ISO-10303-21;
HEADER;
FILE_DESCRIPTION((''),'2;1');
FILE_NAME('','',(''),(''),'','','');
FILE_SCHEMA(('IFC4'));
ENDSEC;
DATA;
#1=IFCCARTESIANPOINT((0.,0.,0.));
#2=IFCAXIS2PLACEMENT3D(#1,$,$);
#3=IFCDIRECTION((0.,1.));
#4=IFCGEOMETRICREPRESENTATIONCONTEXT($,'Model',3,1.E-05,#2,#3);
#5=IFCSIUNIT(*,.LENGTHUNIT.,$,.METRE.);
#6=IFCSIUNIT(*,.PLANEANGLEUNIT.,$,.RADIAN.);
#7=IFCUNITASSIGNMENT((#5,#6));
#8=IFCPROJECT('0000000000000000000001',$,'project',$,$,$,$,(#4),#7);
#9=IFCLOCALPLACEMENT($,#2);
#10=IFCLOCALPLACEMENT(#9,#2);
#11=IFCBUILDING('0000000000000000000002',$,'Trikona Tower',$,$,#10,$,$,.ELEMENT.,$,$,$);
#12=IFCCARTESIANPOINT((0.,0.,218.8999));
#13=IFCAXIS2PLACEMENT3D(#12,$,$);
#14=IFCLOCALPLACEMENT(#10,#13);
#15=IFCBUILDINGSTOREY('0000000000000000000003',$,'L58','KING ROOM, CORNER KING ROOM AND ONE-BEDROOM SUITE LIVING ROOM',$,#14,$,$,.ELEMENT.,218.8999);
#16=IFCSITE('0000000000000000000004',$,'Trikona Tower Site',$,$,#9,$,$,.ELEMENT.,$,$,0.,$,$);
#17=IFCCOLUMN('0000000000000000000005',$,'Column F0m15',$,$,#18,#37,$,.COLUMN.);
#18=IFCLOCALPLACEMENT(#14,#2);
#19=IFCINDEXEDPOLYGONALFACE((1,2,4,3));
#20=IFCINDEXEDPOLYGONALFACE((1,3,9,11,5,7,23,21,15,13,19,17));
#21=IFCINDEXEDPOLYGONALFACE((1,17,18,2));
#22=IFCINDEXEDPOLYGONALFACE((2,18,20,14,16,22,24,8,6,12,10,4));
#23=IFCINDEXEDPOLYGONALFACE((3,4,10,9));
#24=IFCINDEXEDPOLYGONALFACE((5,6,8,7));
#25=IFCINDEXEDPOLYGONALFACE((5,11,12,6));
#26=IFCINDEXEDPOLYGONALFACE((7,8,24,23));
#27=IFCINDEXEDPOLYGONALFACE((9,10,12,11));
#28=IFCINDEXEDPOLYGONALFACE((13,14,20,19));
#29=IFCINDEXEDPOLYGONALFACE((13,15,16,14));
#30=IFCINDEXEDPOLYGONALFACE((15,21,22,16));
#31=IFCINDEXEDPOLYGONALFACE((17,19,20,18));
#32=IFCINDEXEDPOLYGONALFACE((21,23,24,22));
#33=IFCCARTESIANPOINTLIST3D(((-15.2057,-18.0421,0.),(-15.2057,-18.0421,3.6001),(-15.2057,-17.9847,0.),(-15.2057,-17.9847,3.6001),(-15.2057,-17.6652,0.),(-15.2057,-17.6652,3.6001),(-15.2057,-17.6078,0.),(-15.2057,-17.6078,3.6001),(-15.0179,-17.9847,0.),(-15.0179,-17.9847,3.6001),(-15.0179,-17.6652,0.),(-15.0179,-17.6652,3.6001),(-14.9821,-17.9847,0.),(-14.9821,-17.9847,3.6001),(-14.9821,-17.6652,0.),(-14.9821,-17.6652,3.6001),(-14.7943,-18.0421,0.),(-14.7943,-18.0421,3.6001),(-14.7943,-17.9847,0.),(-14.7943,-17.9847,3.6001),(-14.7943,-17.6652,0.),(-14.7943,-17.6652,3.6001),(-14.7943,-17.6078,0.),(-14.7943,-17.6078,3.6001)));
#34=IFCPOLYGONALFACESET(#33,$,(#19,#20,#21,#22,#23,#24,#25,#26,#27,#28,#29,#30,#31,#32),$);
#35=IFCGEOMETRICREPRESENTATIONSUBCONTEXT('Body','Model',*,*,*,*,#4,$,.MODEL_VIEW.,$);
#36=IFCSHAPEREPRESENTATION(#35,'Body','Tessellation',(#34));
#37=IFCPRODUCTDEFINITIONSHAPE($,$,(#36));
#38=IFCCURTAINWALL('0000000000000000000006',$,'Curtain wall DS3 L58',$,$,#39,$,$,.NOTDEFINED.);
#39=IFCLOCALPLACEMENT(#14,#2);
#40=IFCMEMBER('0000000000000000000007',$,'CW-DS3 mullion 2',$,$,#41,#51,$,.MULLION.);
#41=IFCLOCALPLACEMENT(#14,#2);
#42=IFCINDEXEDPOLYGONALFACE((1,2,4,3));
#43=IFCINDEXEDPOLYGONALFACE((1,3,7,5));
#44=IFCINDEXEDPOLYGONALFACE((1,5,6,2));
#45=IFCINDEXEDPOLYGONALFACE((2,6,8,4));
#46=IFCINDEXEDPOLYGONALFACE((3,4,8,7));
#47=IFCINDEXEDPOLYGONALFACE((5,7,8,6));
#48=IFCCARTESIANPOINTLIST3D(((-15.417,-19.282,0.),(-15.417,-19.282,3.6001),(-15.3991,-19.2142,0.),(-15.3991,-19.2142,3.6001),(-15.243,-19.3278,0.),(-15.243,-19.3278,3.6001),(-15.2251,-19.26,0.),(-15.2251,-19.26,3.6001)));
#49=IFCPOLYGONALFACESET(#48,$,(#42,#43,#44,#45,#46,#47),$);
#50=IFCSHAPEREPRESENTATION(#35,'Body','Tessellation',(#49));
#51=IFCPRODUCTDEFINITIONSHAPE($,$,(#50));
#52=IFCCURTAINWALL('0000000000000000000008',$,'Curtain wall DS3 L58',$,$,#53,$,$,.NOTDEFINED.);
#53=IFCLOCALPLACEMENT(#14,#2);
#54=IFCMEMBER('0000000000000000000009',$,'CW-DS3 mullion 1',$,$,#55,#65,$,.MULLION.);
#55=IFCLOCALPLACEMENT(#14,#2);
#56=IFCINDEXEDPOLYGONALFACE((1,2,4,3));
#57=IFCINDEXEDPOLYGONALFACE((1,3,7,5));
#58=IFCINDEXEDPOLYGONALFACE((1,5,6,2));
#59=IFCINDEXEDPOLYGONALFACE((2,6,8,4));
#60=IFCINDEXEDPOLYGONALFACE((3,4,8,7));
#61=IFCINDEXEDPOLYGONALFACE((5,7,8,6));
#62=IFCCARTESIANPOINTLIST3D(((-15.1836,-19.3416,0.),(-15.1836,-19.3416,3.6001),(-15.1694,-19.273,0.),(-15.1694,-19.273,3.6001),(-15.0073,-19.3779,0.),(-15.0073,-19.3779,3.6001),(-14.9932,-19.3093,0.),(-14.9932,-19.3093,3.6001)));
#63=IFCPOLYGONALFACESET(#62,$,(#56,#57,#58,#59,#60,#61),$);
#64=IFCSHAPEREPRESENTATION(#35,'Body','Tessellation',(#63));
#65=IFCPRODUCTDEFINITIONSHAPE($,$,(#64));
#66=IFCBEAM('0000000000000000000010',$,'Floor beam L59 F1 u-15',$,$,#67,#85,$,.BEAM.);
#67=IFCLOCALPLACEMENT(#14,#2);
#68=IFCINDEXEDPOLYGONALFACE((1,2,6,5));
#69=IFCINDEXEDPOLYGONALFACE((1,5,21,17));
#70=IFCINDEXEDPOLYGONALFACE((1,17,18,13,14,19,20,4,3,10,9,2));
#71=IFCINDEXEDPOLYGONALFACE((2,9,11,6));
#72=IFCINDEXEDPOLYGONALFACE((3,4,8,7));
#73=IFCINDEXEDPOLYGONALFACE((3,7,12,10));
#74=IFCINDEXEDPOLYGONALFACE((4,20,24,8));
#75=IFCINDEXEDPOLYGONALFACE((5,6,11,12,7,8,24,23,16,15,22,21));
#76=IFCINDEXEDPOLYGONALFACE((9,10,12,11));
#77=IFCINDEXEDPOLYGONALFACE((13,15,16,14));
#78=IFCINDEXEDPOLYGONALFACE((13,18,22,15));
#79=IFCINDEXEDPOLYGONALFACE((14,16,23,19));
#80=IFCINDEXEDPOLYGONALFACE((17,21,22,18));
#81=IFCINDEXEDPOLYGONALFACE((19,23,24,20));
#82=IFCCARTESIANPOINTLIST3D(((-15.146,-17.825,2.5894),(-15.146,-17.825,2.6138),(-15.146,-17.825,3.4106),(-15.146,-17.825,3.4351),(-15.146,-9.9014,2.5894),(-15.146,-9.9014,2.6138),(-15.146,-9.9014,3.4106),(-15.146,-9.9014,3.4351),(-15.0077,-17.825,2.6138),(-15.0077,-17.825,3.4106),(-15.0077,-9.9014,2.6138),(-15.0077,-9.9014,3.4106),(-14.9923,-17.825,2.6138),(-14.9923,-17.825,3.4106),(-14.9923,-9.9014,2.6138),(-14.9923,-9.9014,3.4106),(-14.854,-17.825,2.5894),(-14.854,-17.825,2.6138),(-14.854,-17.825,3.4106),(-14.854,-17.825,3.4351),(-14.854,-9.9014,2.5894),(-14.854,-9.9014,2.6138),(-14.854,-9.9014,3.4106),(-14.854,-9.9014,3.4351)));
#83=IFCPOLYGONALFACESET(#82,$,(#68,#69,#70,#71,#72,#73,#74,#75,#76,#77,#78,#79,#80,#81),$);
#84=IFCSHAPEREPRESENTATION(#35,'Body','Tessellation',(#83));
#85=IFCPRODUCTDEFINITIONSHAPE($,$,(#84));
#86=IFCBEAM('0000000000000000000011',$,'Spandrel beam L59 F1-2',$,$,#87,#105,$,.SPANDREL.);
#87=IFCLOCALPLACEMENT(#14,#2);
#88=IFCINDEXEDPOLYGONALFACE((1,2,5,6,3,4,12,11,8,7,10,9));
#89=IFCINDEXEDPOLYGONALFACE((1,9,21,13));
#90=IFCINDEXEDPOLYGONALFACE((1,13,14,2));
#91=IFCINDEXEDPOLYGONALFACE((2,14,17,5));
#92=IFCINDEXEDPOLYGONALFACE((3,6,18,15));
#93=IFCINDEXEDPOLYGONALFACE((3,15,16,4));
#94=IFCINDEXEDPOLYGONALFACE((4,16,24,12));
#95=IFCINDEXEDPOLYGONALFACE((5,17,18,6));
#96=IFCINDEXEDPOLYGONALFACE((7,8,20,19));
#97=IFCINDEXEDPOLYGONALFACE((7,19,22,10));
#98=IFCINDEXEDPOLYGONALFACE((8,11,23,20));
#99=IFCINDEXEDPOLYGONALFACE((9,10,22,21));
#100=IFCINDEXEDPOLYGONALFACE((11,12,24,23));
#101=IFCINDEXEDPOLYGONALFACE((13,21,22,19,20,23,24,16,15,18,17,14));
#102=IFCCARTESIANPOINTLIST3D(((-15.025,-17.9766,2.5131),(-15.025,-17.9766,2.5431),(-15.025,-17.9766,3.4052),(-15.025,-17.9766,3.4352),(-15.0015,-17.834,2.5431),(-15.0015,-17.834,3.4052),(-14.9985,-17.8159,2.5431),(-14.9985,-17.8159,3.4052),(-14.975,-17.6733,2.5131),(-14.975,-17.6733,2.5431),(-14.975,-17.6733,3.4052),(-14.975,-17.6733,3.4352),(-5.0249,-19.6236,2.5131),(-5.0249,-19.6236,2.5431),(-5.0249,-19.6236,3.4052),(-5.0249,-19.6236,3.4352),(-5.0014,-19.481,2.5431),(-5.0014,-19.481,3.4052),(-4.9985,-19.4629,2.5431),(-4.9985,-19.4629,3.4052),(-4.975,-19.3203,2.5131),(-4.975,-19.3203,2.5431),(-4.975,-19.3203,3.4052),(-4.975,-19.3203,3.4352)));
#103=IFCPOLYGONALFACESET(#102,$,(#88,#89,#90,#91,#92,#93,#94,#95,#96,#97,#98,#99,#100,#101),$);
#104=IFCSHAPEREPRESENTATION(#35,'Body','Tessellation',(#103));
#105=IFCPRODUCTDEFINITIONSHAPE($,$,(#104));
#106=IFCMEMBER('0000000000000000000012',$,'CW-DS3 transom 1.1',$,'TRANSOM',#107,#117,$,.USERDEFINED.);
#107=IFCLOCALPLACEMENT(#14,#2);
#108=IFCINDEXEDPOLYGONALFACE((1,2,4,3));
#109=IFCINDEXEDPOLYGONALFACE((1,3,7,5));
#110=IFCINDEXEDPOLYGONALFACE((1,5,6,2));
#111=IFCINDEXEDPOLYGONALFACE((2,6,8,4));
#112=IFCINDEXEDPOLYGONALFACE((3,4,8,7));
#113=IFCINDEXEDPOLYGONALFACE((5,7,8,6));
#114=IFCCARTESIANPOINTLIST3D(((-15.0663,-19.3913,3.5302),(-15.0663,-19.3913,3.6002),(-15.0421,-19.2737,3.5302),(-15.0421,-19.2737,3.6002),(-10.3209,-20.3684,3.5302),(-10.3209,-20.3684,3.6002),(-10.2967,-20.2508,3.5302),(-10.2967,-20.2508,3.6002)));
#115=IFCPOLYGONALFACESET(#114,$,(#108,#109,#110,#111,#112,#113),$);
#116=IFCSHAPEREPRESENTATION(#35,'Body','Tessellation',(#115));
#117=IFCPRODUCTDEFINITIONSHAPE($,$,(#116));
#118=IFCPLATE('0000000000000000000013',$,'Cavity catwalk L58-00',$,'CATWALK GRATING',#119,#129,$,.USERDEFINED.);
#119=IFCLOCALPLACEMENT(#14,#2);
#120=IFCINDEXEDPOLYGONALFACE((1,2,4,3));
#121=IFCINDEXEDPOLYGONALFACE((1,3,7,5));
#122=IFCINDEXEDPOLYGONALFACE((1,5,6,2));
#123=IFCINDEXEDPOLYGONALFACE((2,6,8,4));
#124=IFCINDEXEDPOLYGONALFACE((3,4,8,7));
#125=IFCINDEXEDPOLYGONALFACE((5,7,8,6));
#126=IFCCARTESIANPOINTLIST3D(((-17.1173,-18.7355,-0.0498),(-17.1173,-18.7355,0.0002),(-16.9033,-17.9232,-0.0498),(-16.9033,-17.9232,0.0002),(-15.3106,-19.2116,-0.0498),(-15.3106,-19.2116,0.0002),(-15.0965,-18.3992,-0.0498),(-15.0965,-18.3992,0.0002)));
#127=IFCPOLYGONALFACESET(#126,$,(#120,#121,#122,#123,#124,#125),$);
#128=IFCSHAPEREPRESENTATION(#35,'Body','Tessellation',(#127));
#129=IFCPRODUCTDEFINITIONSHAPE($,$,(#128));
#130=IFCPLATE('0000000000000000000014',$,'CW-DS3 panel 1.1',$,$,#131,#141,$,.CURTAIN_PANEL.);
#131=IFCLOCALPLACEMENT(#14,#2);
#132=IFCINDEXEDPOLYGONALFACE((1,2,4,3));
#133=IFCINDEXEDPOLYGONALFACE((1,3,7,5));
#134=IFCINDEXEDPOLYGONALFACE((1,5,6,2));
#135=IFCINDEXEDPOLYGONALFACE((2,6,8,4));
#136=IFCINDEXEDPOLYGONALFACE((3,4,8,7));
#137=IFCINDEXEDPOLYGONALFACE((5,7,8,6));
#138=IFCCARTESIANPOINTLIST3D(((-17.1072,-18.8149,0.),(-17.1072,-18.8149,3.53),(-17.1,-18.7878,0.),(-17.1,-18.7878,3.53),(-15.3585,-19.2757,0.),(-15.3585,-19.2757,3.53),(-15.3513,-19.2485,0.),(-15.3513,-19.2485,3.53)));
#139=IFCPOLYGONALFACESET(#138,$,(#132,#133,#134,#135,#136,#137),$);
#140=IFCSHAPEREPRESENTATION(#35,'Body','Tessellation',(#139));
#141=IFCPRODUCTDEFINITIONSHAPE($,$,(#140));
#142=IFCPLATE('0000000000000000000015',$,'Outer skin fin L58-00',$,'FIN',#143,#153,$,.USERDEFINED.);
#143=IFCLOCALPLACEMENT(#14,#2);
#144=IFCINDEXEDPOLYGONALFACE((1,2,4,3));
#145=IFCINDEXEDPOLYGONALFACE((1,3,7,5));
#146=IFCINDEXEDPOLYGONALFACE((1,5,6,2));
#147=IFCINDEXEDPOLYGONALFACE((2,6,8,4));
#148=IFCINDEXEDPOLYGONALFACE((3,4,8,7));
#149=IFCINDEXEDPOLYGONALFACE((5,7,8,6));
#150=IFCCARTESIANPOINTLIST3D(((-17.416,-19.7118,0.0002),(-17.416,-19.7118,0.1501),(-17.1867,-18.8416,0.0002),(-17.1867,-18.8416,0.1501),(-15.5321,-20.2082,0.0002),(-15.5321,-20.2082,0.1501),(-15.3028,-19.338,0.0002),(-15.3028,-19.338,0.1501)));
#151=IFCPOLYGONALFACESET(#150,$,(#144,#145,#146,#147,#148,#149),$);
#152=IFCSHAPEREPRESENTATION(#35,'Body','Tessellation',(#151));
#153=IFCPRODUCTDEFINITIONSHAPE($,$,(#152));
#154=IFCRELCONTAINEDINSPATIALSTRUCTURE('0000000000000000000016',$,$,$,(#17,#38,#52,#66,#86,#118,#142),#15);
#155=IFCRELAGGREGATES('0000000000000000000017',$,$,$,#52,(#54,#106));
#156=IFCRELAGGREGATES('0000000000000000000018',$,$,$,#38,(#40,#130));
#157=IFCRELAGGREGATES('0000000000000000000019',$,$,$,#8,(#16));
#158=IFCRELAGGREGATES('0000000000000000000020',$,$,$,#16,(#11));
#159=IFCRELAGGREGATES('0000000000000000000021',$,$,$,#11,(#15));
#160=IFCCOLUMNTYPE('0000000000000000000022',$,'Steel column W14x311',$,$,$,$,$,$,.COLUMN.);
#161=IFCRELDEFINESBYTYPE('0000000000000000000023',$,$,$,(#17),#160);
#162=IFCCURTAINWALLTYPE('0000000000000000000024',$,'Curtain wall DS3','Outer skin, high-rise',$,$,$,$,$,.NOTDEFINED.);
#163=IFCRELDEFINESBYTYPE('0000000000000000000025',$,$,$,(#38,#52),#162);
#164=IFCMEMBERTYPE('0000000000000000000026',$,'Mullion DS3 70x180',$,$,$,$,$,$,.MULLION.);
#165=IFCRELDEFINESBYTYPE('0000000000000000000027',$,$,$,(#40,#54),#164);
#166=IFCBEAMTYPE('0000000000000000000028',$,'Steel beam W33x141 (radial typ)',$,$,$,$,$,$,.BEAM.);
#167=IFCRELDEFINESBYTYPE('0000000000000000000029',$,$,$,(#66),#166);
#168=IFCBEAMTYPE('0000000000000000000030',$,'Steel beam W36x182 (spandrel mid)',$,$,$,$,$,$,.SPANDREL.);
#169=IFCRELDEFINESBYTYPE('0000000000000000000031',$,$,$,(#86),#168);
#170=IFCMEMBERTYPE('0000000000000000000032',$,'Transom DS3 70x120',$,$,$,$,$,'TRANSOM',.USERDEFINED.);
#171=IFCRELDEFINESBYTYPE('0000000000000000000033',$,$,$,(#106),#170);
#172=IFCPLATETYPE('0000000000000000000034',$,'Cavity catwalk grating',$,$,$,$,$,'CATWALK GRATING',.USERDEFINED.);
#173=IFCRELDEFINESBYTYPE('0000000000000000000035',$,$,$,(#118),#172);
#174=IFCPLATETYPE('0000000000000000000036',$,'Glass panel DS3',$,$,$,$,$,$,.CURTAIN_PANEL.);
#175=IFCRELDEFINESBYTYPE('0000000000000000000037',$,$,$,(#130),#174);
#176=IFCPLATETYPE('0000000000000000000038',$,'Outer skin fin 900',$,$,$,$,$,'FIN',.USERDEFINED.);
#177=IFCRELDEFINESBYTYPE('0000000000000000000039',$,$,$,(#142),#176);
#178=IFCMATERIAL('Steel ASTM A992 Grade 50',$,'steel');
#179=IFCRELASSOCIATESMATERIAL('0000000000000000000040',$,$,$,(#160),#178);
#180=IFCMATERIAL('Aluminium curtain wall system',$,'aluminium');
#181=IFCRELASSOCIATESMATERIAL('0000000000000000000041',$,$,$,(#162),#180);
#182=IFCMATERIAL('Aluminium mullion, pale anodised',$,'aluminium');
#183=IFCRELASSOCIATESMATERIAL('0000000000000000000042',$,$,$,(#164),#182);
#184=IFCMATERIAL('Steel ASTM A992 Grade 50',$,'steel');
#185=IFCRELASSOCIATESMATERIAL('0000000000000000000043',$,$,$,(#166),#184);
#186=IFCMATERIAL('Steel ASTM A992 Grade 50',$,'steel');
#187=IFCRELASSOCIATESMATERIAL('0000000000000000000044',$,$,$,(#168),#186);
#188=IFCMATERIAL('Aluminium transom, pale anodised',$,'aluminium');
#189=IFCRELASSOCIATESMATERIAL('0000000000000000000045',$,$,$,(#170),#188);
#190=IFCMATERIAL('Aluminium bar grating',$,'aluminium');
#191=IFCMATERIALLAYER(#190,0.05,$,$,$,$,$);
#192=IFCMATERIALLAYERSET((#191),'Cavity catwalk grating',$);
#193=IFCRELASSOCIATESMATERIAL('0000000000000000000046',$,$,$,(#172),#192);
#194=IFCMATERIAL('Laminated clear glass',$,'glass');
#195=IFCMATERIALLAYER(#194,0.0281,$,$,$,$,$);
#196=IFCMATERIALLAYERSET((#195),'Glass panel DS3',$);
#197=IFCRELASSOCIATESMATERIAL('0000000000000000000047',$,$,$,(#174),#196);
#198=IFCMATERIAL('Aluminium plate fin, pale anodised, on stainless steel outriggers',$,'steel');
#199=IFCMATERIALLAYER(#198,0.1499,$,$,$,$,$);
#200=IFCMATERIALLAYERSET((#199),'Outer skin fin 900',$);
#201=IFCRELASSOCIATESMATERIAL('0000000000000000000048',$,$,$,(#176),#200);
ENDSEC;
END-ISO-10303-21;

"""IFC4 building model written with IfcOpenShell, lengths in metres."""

from ifc_helpers import new_model, si_unit, direction, frame, origin, origin_2d, place, context, subcontext, project, spatial, rectangle, i_section, extrude, material, layer, layer_set, material_profile, profile_set, type_object, element, aggregate, save


model = new_model("IFC4")

# Units and contexts
model_context = context("Model", 3, precision=1e-05, world=origin(), true_north=direction((0.0, 1.0)))
body_context = subcontext(model_context, "Body", "Model", "MODEL_VIEW")
ifc_project = project(units=[si_unit("LENGTHUNIT", "METRE"), si_unit("PLANEANGLEUNIT", "RADIAN")], contexts=[model_context])

# Site, building, storey
site_placement = place(None, origin())
site = spatial("IfcSite", under=ifc_project, at=site_placement, Name="Trikona Tower Site", CompositionType="ELEMENT", RefElevation=0.0)
building_placement = place(site_placement, origin())
building = spatial("IfcBuilding", under=site, at=building_placement, Name="Trikona Tower", CompositionType="ELEMENT")
storey_placement = place(building_placement, frame((0.0, 0.0, 218.8999)))
storey = spatial("IfcBuildingStorey", under=building, at=storey_placement, Name="L58", Description="KING ROOM, CORNER KING ROOM AND ONE-BEDROOM SUITE LIVING ROOM", CompositionType="ELEMENT", Elevation=218.8999)

# Column
ifc_material_1 = material(Name="Steel ASTM A992 Grade 50", Category="steel")
ifc_material_profile_1 = material_profile(ifc_material_1, i_section(OverallWidth=0.4114, OverallDepth=0.4343, WebThickness=0.0359, FlangeThickness=0.0574, at=origin_2d()), Name="W14X311")
ifc_profile_set_1 = profile_set([ifc_material_profile_1], Name="Steel ASTM A992 Grade 50")
column_type = type_object("IfcColumnType", Name="Steel column W14x311", PredefinedType="COLUMN", material=ifc_profile_set_1)
column_placement = place(storey_placement, frame((-15.0, -17.825, 0.0), z_axis=(0.0, 0.0, 1.0), x_axis=(1.0, 0.0, 0.0)))
element("IfcColumn", 1, at=column_placement, inside=storey, type_object=column_type, Name="Column F0m15", PredefinedType="COLUMN", context=body_context, shape_type="SweptSolid", body=[
    extrude(i_section(OverallWidth=0.4114, OverallDepth=0.4343, WebThickness=0.0359, FlangeThickness=0.0574, at=origin_2d()), origin(), (0.0, 0.0, 1.0), 3.6001),
])

# Curtain walls, members
ifc_material_2 = material(Name="Aluminium curtain wall system", Category="aluminium")
curtain_wall_type = type_object("IfcCurtainWallType", Name="Curtain wall DS3", Description="Outer skin, high-rise", PredefinedType="NOTDEFINED", material=ifc_material_2)
curtain_wall_1_placement = place(storey_placement, origin())
curtain_wall_1 = element("IfcCurtainWall", 2, at=curtain_wall_1_placement, inside=storey, type_object=curtain_wall_type, Name="Curtain wall DS3 L58", PredefinedType="NOTDEFINED")
ifc_material_3 = material(Name="Aluminium mullion, pale anodised", Category="aluminium")
ifc_material_profile_2 = material_profile(ifc_material_3, rectangle(XDim=0.0701, YDim=0.1799, at=origin_2d()), Name="MUL-DS3")
ifc_profile_set_2 = profile_set([ifc_material_profile_2], Name="Aluminium mullion, pale anodised")
member_type_1 = type_object("IfcMemberType", Name="Mullion DS3 70x180", PredefinedType="MULLION", material=ifc_profile_set_2)
member_1_placement = place(storey_placement, frame((-15.321, -19.271, 0.0), z_axis=(0.0, 0.0, 1.0), x_axis=(0.254786, 0.966997, 0.0)))
member_1 = element("IfcMember", 3, at=member_1_placement, type_object=member_type_1, Name="CW-DS3 mullion 2", PredefinedType="MULLION", context=body_context, shape_type="SweptSolid", body=[
    extrude(rectangle(XDim=0.0701, YDim=0.1799, at=origin_2d()), origin(), (0.0, 0.0, 1.0), 3.6001),
])
curtain_wall_2_placement = place(storey_placement, origin())
curtain_wall_2 = element("IfcCurtainWall", 4, at=curtain_wall_2_placement, inside=storey, type_object=curtain_wall_type, Name="Curtain wall DS3 L58", PredefinedType="NOTDEFINED")
member_2_placement = place(storey_placement, frame((-15.0884, -19.3254, 0.0), z_axis=(0.0, 0.0, 1.0), x_axis=(0.201653, 0.979457, 0.0)))
member_2 = element("IfcMember", 5, at=member_2_placement, type_object=member_type_1, Name="CW-DS3 mullion 1", PredefinedType="MULLION", context=body_context, shape_type="SweptSolid", body=[
    extrude(rectangle(XDim=0.0701, YDim=0.1799, at=origin_2d()), origin(), (0.0, 0.0, 1.0), 3.6001),
])

# Beams
ifc_material_4 = material(Name="Steel ASTM A992 Grade 50", Category="steel")
ifc_material_profile_3 = material_profile(ifc_material_4, i_section(OverallWidth=0.292, OverallDepth=0.8457, WebThickness=0.0154, FlangeThickness=0.0244, at=origin_2d()), Name="W33X141")
ifc_profile_set_3 = profile_set([ifc_material_profile_3], Name="Steel ASTM A992 Grade 50")
beam_type_1 = type_object("IfcBeamType", Name="Steel beam W33x141 (radial typ)", PredefinedType="BEAM", material=ifc_profile_set_3)
beam_1_placement = place(storey_placement, frame((-15.0, -9.9014, 3.0122), z_axis=(0.0, -1.0, 0.0), x_axis=(1.0, 0.0, 0.0)))
element("IfcBeam", 6, at=beam_1_placement, inside=storey, type_object=beam_type_1, Name="Floor beam L59 F1 u-15", PredefinedType="BEAM", context=body_context, shape_type="SweptSolid", body=[
    extrude(i_section(OverallWidth=0.292, OverallDepth=0.8457, WebThickness=0.0154, FlangeThickness=0.0244, at=origin_2d()), origin(), (0.0, 0.0, 1.0), 7.9236),
])
ifc_material_5 = material(Name="Steel ASTM A992 Grade 50", Category="steel")
ifc_material_profile_4 = material_profile(ifc_material_5, i_section(OverallWidth=0.3074, OverallDepth=0.9221, WebThickness=0.0183, FlangeThickness=0.03, at=origin_2d()), Name="W36X182")
ifc_profile_set_4 = profile_set([ifc_material_profile_4], Name="Steel ASTM A992 Grade 50")
beam_type_2 = type_object("IfcBeamType", Name="Steel beam W36x182 (spandrel mid)", PredefinedType="SPANDREL", material=ifc_profile_set_4)
beam_2_placement = place(storey_placement, frame((-15.0, -17.825, 2.9741), z_axis=(0.986707, -0.162508, 0.0), x_axis=(0.162508, 0.986707, 0.0)))
element("IfcBeam", 7, at=beam_2_placement, inside=storey, type_object=beam_type_2, Name="Spandrel beam L59 F1-2", PredefinedType="SPANDREL", context=body_context, shape_type="SweptSolid", body=[
    extrude(i_section(OverallWidth=0.3074, OverallDepth=0.9221, WebThickness=0.0183, FlangeThickness=0.03, at=origin_2d()), origin(), (0.0, 0.0, 1.0), 10.1348),
])

# Member
ifc_material_6 = material(Name="Aluminium transom, pale anodised", Category="aluminium")
ifc_material_profile_5 = material_profile(ifc_material_6, rectangle(XDim=0.1201, YDim=0.0701, at=origin_2d()), Name="TRN-DS3")
ifc_profile_set_5 = profile_set([ifc_material_profile_5], Name="Aluminium transom, pale anodised")
member_type_2 = type_object("IfcMemberType", Name="Transom DS3 70x120", ElementType="TRANSOM", PredefinedType="USERDEFINED", material=ifc_profile_set_5)
member_3_placement = place(storey_placement, frame((-15.0542, -19.3325, 3.5652), z_axis=(0.979454, -0.201666, 0.0), x_axis=(0.201666, 0.979454, 0.0)))
member_3 = element("IfcMember", 8, at=member_3_placement, type_object=member_type_2, Name="CW-DS3 transom 1.1", ObjectType="TRANSOM", PredefinedType="USERDEFINED", context=body_context, shape_type="SweptSolid", body=[
    extrude(rectangle(XDim=0.1201, YDim=0.0701, at=origin_2d()), origin(), (0.0, 0.0, 1.0), 4.845),
])
aggregate(curtain_wall_2, [member_2, member_3])

# Plates
ifc_material_7 = material(Name="Aluminium bar grating", Category="aluminium")
ifc_layer_1 = layer(ifc_material_7, 0.05)
ifc_layer_set_1 = layer_set([ifc_layer_1], Name="Cavity catwalk grating")
plate_type_1 = type_object("IfcPlateType", Name="Cavity catwalk grating", ElementType="CATWALK GRATING", PredefinedType="USERDEFINED", material=ifc_layer_set_1)
plate_1_placement = place(storey_placement, frame((-16.1069, -18.5674, -0.0498), z_axis=(0.0, 0.0, 1.0), x_axis=(0.966993, -0.254803, 0.0)))
element("IfcPlate", 9, at=plate_1_placement, inside=storey, type_object=plate_type_1, Name="Cavity catwalk L58-00", ObjectType="CATWALK GRATING", PredefinedType="USERDEFINED", context=body_context, shape_type="SweptSolid", body=[
    extrude(rectangle(XDim=1.8684, YDim=0.8401, at=origin_2d()), origin(), (0.0, 0.0, 1.0), 0.05),
])
ifc_material_8 = material(Name="Laminated clear glass", Category="glass")
ifc_layer_2 = layer(ifc_material_8, 0.0281)
ifc_layer_set_2 = layer_set([ifc_layer_2], Name="Glass panel DS3")
plate_type_2 = type_object("IfcPlateType", Name="Glass panel DS3", PredefinedType="CURTAIN_PANEL", material=ifc_layer_set_2)
plate_2_placement = place(storey_placement, frame((-16.2292, -19.0317, 0.0), z_axis=(0.0, 0.0, 1.0), x_axis=(0.966997, -0.254786, 0.0)))
plate_2 = element("IfcPlate", 10, at=plate_2_placement, type_object=plate_type_2, Name="CW-DS3 panel 1.1", PredefinedType="CURTAIN_PANEL", context=body_context, shape_type="SweptSolid", body=[
    extrude(rectangle(XDim=1.8083, YDim=0.0281, at=origin_2d()), origin(), (0.0, 0.0, 1.0), 3.53),
])
aggregate(curtain_wall_1, [member_1, plate_2])
ifc_material_9 = material(Name="Aluminium plate fin, pale anodised, on stainless steel outriggers", Category="steel")
ifc_layer_3 = layer(ifc_material_9, 0.1499)
ifc_layer_set_3 = layer_set([ifc_layer_3], Name="Outer skin fin 900")
plate_type_3 = type_object("IfcPlateType", Name="Outer skin fin 900", ElementType="FIN", PredefinedType="USERDEFINED", material=ifc_layer_set_3)
plate_3_placement = place(storey_placement, frame((-16.3594, -19.5249, 0.0002), z_axis=(0.0, 0.0, 1.0), x_axis=(0.966993, -0.254803, 0.0)))
element("IfcPlate", 11, at=plate_3_placement, inside=storey, type_object=plate_type_3, Name="Outer skin fin L58-00", ObjectType="FIN", PredefinedType="USERDEFINED", context=body_context, shape_type="SweptSolid", body=[
    extrude(rectangle(XDim=1.9482, YDim=0.8999, at=origin_2d()), origin(), (0.0, 0.0, 1.0), 0.1499),
])

save(model, "model.ifc")
